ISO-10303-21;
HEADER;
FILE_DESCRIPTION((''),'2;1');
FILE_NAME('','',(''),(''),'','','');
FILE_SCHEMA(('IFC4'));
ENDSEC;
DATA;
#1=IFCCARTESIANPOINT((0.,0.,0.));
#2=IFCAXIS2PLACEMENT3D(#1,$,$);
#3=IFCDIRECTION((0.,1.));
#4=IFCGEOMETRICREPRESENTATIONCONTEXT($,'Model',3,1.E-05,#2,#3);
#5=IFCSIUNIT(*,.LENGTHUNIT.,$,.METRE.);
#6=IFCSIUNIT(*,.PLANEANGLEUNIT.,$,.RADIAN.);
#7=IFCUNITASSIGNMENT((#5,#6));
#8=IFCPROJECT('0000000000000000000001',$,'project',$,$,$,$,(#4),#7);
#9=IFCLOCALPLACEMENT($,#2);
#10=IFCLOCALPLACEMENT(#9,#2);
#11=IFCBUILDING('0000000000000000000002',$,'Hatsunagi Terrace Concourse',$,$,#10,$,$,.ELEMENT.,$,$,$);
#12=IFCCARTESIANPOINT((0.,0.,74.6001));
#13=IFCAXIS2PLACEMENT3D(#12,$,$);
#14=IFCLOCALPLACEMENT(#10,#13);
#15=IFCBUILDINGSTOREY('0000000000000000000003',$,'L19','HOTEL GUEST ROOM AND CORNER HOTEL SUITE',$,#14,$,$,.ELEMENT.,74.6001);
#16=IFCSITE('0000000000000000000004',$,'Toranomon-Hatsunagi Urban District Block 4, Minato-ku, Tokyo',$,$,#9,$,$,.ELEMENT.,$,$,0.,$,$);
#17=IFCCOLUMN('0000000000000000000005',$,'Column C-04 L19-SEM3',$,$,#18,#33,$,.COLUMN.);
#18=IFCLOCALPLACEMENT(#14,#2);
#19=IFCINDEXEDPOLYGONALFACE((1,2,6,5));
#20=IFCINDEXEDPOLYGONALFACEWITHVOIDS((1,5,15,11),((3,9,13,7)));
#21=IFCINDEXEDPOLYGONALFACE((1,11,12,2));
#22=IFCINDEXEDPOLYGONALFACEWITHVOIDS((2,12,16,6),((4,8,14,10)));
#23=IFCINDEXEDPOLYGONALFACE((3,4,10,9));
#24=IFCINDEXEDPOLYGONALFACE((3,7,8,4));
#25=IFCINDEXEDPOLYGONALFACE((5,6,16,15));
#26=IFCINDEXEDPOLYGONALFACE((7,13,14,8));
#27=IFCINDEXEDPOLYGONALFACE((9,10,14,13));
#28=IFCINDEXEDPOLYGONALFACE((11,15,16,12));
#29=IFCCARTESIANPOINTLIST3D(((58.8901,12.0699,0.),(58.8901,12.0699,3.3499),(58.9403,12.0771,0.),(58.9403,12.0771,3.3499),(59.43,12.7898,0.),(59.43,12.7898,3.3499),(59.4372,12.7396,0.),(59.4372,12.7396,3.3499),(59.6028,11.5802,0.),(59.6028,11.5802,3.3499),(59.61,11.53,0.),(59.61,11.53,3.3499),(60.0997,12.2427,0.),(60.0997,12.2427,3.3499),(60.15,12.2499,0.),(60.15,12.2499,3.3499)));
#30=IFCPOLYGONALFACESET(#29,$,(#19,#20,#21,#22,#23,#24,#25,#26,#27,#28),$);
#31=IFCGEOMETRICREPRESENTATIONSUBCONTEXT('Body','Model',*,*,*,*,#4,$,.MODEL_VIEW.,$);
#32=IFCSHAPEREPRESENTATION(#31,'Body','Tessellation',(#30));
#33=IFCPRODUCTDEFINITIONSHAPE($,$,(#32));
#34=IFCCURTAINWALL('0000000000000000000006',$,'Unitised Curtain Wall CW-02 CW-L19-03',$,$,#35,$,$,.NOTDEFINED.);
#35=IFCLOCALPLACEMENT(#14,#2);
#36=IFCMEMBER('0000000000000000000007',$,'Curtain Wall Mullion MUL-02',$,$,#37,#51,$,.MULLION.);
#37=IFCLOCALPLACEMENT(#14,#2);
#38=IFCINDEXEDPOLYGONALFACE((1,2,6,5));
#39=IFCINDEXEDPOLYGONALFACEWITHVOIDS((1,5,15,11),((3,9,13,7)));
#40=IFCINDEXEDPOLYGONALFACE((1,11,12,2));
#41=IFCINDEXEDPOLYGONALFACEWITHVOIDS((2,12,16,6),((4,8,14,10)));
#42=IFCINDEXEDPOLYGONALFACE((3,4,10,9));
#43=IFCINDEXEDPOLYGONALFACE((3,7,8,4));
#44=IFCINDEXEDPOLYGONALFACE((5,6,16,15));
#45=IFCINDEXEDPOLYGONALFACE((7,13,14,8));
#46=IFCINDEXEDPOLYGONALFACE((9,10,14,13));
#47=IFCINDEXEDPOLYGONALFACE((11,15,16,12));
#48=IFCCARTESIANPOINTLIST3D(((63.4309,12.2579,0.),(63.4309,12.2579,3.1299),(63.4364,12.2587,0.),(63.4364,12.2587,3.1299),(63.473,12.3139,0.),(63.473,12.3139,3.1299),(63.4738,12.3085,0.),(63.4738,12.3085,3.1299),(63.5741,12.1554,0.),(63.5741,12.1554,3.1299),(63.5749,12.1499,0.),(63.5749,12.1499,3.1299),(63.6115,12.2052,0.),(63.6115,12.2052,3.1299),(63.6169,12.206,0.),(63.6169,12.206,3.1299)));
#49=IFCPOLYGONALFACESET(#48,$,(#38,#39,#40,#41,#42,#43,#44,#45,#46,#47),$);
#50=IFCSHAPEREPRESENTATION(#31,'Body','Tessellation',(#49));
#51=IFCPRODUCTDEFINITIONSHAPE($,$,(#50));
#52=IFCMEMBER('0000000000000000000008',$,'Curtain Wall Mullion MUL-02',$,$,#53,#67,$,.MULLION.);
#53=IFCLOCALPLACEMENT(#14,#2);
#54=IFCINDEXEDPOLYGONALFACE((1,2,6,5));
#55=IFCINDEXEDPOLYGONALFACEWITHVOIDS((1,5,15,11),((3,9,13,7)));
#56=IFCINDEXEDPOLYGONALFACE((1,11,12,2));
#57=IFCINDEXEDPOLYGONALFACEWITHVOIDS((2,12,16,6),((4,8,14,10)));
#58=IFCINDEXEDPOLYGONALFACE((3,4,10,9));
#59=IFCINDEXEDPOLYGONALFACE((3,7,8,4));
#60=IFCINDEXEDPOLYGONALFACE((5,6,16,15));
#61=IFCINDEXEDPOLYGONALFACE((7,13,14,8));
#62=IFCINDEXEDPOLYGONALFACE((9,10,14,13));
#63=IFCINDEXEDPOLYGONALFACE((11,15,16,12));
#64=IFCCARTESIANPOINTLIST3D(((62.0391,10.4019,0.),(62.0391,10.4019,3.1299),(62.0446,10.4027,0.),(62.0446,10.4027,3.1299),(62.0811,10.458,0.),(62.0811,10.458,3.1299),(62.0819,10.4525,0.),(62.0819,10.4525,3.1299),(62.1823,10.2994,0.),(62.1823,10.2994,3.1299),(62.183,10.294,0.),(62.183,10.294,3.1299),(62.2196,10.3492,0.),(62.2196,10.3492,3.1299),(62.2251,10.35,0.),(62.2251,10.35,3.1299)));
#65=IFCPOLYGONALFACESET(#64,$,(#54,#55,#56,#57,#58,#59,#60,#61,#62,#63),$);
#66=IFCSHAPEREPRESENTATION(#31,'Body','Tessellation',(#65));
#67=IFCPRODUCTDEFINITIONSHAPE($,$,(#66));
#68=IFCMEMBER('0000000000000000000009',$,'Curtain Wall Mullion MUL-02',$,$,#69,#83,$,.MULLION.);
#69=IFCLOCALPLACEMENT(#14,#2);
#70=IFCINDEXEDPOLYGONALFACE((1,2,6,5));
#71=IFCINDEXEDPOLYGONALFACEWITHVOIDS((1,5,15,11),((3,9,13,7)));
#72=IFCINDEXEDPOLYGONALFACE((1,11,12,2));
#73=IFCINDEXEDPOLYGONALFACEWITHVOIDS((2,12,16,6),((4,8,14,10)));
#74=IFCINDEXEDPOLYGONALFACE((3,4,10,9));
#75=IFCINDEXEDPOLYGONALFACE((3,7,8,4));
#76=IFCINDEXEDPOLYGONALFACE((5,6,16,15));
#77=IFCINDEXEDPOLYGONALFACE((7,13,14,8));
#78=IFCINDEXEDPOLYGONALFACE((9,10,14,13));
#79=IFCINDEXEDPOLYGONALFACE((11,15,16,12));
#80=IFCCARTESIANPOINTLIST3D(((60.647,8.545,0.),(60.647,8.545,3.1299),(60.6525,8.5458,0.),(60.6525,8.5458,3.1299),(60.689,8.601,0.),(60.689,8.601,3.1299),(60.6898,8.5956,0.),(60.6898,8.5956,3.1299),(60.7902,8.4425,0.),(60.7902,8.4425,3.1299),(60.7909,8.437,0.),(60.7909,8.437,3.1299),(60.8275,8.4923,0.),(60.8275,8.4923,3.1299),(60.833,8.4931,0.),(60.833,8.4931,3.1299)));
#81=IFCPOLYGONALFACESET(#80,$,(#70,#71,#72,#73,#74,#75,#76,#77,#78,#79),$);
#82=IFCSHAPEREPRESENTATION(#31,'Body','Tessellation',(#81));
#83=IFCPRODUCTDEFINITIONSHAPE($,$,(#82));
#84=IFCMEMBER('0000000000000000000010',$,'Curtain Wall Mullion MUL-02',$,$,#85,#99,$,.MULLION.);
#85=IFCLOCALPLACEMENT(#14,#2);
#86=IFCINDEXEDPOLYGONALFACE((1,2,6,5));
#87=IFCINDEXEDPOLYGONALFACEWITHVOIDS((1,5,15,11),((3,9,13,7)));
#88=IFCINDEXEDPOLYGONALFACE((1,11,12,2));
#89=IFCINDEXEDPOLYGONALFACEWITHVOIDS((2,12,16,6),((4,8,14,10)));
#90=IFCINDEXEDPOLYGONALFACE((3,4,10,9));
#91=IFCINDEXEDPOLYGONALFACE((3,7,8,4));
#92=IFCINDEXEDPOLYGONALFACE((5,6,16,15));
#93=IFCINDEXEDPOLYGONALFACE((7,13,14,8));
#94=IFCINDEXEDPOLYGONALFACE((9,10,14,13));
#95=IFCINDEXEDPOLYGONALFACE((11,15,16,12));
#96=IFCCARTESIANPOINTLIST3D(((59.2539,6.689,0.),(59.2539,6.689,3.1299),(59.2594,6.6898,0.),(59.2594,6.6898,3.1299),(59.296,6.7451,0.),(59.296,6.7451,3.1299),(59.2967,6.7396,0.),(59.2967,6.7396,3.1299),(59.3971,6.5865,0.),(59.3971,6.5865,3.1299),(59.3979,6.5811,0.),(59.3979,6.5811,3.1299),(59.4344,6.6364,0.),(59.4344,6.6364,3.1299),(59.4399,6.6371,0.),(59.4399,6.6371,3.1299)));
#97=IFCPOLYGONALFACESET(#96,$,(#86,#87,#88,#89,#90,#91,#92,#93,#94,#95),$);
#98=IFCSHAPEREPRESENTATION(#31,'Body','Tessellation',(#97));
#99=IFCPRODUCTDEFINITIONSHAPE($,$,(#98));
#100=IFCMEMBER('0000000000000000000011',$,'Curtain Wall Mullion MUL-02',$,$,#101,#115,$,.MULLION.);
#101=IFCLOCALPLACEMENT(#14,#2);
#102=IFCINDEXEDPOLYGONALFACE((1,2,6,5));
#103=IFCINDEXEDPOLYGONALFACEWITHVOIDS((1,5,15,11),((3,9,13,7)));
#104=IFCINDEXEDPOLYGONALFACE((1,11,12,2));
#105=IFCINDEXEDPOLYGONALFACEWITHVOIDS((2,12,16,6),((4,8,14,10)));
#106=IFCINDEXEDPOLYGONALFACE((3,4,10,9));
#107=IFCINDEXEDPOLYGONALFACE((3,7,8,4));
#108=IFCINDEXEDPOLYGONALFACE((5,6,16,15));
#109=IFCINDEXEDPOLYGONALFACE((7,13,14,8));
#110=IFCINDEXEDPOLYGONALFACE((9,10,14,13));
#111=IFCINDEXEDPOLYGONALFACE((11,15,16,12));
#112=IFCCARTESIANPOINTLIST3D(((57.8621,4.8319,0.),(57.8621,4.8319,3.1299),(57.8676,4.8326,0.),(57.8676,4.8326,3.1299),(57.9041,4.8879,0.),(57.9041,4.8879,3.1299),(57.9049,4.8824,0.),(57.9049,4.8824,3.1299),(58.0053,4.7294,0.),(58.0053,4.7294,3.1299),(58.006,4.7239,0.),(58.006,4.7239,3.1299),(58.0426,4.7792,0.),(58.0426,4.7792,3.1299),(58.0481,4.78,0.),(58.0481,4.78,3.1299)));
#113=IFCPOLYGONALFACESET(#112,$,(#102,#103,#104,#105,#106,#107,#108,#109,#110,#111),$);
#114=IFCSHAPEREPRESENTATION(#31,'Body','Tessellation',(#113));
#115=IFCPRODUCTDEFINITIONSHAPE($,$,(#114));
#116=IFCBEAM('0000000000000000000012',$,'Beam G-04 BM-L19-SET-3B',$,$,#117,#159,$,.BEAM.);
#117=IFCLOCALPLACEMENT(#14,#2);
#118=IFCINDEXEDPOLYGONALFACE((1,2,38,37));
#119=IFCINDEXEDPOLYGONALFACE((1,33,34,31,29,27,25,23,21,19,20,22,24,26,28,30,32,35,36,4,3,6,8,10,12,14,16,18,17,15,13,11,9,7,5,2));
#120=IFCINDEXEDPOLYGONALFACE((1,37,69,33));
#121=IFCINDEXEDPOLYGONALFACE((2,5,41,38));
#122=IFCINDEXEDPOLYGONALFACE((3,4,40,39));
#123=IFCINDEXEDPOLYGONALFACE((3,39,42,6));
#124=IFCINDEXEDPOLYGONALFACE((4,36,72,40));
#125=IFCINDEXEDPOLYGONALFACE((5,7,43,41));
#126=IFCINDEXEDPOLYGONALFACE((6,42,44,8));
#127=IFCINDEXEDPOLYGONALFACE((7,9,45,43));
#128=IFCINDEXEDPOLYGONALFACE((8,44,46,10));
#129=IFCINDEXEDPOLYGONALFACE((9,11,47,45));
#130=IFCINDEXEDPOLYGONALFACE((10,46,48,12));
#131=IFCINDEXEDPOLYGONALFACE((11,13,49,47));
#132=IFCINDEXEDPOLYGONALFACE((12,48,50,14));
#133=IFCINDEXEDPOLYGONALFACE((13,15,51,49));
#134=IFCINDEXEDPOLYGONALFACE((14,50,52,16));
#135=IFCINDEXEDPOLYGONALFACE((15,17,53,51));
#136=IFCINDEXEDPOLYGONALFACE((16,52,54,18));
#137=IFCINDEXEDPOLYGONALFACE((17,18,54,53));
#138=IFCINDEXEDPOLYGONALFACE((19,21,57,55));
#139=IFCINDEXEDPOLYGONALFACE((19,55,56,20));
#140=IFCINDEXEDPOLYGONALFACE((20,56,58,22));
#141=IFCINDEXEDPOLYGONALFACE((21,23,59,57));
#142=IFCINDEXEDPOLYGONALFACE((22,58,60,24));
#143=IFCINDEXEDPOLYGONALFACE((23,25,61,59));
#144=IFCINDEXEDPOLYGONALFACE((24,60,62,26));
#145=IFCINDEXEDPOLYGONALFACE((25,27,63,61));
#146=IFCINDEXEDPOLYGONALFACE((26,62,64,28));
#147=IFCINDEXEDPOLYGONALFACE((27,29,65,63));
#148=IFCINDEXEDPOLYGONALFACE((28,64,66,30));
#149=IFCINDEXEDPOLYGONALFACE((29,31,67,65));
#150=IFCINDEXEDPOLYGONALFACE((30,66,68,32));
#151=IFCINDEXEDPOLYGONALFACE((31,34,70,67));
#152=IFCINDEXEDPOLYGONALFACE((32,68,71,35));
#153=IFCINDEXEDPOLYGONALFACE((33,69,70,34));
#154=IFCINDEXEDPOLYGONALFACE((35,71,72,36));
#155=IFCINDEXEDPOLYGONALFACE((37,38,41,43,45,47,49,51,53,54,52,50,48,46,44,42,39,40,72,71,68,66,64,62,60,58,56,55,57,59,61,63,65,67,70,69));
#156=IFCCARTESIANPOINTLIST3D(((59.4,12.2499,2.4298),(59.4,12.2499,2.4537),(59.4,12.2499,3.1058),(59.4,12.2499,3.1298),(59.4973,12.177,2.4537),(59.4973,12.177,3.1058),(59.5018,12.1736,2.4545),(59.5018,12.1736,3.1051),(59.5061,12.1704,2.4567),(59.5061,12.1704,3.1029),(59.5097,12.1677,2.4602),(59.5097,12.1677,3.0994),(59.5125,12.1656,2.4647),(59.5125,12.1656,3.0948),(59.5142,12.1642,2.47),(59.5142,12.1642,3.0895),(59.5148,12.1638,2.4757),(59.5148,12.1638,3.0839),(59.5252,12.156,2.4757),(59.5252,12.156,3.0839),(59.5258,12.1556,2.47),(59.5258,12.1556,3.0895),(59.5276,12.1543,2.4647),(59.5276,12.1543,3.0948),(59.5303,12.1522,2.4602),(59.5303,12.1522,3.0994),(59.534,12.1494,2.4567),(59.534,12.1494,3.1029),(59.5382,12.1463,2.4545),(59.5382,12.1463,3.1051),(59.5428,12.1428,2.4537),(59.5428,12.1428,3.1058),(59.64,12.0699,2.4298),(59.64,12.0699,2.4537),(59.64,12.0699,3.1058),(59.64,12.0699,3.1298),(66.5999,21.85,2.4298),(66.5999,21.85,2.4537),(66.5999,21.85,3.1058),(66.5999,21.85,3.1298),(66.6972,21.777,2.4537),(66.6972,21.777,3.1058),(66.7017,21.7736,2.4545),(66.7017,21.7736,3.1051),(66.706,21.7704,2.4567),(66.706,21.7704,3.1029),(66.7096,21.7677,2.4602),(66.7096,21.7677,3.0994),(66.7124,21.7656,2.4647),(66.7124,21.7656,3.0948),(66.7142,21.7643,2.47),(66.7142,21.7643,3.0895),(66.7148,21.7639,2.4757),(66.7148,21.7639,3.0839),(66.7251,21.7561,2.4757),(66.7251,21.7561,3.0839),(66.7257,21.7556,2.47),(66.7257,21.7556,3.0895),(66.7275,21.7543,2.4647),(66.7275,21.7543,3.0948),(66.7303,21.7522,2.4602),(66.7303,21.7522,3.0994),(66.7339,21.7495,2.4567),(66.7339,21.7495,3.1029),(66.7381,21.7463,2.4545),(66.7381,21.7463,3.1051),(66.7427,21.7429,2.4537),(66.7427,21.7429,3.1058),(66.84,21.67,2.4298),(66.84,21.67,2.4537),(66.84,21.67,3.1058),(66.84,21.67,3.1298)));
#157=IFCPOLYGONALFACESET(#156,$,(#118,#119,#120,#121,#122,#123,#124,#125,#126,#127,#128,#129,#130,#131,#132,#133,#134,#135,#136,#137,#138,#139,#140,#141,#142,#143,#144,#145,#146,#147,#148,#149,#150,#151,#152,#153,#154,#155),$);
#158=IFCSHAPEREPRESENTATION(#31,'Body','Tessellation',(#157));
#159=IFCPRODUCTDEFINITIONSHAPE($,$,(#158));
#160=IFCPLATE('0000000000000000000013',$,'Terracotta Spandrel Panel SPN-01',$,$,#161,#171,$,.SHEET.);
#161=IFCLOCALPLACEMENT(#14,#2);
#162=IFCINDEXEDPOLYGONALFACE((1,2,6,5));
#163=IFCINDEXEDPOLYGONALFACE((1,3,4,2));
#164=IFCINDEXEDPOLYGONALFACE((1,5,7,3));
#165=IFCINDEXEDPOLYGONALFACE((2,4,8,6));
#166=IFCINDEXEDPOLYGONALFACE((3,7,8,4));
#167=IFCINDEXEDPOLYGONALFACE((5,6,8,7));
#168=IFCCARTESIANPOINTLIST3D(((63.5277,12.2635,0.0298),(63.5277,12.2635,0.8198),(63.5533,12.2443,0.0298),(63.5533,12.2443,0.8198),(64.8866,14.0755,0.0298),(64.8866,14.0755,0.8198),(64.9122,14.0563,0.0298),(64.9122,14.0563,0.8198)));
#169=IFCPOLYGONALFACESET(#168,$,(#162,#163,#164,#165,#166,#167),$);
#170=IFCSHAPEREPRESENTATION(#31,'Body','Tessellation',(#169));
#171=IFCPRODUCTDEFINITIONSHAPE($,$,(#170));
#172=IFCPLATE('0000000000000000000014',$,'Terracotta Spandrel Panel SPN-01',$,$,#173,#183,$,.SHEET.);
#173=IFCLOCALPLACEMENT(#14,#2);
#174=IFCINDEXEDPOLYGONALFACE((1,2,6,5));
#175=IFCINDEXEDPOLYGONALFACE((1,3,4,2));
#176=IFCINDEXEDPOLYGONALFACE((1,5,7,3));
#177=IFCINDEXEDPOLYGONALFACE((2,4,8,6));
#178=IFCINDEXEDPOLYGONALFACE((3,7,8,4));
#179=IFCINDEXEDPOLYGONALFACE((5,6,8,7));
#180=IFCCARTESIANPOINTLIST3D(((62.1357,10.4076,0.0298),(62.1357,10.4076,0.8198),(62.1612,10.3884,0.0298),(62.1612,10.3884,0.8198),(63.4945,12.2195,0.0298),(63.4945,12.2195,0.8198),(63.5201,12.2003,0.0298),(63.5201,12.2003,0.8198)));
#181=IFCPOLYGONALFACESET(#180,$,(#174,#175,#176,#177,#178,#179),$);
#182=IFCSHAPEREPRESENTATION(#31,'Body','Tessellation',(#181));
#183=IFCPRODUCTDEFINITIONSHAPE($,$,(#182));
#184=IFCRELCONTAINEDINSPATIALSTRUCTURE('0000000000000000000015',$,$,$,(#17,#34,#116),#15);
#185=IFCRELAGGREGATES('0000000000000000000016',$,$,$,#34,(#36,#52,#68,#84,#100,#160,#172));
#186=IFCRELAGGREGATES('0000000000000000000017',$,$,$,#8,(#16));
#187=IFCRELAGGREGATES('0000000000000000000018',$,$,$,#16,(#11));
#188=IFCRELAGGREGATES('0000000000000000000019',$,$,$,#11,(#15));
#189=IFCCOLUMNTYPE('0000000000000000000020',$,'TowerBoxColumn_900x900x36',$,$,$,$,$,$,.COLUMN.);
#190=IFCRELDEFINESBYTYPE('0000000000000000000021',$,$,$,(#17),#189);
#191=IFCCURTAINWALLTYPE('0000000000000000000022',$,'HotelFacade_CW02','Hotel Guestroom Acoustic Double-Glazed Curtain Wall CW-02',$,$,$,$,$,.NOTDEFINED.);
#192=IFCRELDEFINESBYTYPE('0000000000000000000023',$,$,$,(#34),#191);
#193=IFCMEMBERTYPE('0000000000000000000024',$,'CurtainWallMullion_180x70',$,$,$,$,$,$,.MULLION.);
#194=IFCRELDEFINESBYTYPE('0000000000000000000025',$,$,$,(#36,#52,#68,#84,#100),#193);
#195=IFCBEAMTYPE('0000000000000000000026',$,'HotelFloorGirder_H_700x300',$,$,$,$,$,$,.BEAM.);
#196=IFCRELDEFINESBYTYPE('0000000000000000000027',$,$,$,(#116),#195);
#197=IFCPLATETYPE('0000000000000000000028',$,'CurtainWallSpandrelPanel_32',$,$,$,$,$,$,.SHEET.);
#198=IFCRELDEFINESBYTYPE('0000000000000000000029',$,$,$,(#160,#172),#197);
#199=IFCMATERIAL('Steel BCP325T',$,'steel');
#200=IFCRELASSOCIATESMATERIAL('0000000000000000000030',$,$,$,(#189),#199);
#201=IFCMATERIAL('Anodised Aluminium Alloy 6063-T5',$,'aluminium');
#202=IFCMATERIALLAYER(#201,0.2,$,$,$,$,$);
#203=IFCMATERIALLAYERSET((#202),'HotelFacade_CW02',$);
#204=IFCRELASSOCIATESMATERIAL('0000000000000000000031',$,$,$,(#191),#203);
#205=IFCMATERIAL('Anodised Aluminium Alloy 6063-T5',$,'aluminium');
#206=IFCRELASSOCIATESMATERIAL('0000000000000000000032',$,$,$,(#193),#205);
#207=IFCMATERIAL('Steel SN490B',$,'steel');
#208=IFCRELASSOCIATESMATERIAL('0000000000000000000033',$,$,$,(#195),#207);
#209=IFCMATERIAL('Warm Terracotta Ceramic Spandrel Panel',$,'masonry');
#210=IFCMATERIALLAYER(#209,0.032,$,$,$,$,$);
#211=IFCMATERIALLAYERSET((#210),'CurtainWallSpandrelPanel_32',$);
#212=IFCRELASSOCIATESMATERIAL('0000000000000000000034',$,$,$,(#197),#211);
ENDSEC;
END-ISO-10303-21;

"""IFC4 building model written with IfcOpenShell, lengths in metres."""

from ifc_helpers import new_model, si_unit, direction, frame, origin, origin_2d, place, context, subcontext, project, spatial, rectangle, hollow_rectangle, i_section, extrude, material, layer, layer_set, material_profile, profile_set, type_object, element, aggregate, save


model = new_model("IFC4")

# Units and contexts
model_context = context("Model", 3, precision=1e-05, world=origin(), true_north=direction((0.0, 1.0)))
body_context = subcontext(model_context, "Body", "Model", "MODEL_VIEW")
ifc_project = project(units=[si_unit("LENGTHUNIT", "METRE"), si_unit("PLANEANGLEUNIT", "RADIAN")], contexts=[model_context])

# Site, building, storey
site_placement = place(None, origin())
site = spatial("IfcSite", under=ifc_project, at=site_placement, Name="Toranomon-Hatsunagi Urban District Block 4, Minato-ku, Tokyo", CompositionType="ELEMENT", RefElevation=0.0)
building_placement = place(site_placement, origin())
building = spatial("IfcBuilding", under=site, at=building_placement, Name="Hatsunagi Terrace Concourse", CompositionType="ELEMENT")
storey_placement = place(building_placement, frame((0.0, 0.0, 74.6001)))
storey = spatial("IfcBuildingStorey", under=building, at=storey_placement, Name="L19", Description="HOTEL GUEST ROOM AND CORNER HOTEL SUITE", CompositionType="ELEMENT", Elevation=74.6001)

# Column
ifc_material_1 = material(Name="Steel BCP325T", Category="steel")
ifc_material_profile_1 = material_profile(ifc_material_1, hollow_rectangle(XDim=0.8999, YDim=0.8999, WallThickness=0.0359, at=origin_2d()), Name="BCP-900x900x36")
ifc_profile_set_1 = profile_set([ifc_material_profile_1], Name="Steel BCP325T")
column_type = type_object("IfcColumnType", Name="TowerBoxColumn_900x900x36", PredefinedType="COLUMN", material=ifc_profile_set_1)
column_placement = place(storey_placement, frame((59.52, 12.1599, 0.0), z_axis=(0.0, 0.0, 1.0), x_axis=(0.8, -0.6, 0.0)))
element("IfcColumn", 1, at=column_placement, inside=storey, type_object=column_type, Name="Column C-04 L19-SEM3", PredefinedType="COLUMN", context=body_context, shape_type="SweptSolid", body=[
    extrude(hollow_rectangle(XDim=0.8999, YDim=0.8999, WallThickness=0.0359, at=origin_2d()), origin(), (0.0, 0.0, 1.0), 3.3499),
])

# Curtain wall, members
ifc_material_2 = material(Name="Anodised Aluminium Alloy 6063-T5", Category="aluminium")
ifc_layer_1 = layer(ifc_material_2, 0.2)
ifc_layer_set_1 = layer_set([ifc_layer_1], Name="HotelFacade_CW02")
curtain_wall_type = type_object("IfcCurtainWallType", Name="HotelFacade_CW02", Description="Hotel Guestroom Acoustic Double-Glazed Curtain Wall CW-02", PredefinedType="NOTDEFINED", material=ifc_layer_set_1)
curtain_wall_placement = place(storey_placement, origin())
curtain_wall = element("IfcCurtainWall", 2, at=curtain_wall_placement, inside=storey, type_object=curtain_wall_type, Name="Unitised Curtain Wall CW-02 CW-L19-03", PredefinedType="NOTDEFINED")
ifc_material_3 = material(Name="Anodised Aluminium Alloy 6063-T5", Category="aluminium")
ifc_material_profile_2 = material_profile(ifc_material_3, hollow_rectangle(XDim=0.0701, YDim=0.1799, WallThickness=0.0039, at=origin_2d()), Name="ALU-MUL-180x70x4")
ifc_profile_set_2 = profile_set([ifc_material_profile_2], Name="Anodised Aluminium Alloy 6063-T5")
member_type = type_object("IfcMemberType", Name="CurtainWallMullion_180x70", PredefinedType="MULLION", material=ifc_profile_set_2)
member_1_placement = place(storey_placement, frame((63.5239, 12.2319, 0.0), z_axis=(0.0, 0.0, 1.0), x_axis=(-0.599969, -0.800023, 0.0)))
member_1 = element("IfcMember", 3, at=member_1_placement, type_object=member_type, Name="Curtain Wall Mullion MUL-02", PredefinedType="MULLION", context=body_context, shape_type="SweptSolid", body=[
    extrude(hollow_rectangle(XDim=0.0701, YDim=0.1799, WallThickness=0.0039, at=origin_2d()), origin(), (0.0, 0.0, 1.0), 3.1299),
])
member_2_placement = place(storey_placement, frame((62.1321, 10.376, 0.0), z_axis=(0.0, 0.0, 1.0), x_axis=(-0.599969, -0.800023, 0.0)))
member_2 = element("IfcMember", 4, at=member_2_placement, type_object=member_type, Name="Curtain Wall Mullion MUL-02", PredefinedType="MULLION", context=body_context, shape_type="SweptSolid", body=[
    extrude(hollow_rectangle(XDim=0.0701, YDim=0.1799, WallThickness=0.0039, at=origin_2d()), origin(), (0.0, 0.0, 1.0), 3.1299),
])
member_3_placement = place(storey_placement, frame((60.74, 8.519, 0.0), z_axis=(0.0, 0.0, 1.0), x_axis=(-0.599969, -0.800023, 0.0)))
member_3 = element("IfcMember", 5, at=member_3_placement, type_object=member_type, Name="Curtain Wall Mullion MUL-02", PredefinedType="MULLION", context=body_context, shape_type="SweptSolid", body=[
    extrude(hollow_rectangle(XDim=0.0701, YDim=0.1799, WallThickness=0.0039, at=origin_2d()), origin(), (0.0, 0.0, 1.0), 3.1299),
])
member_4_placement = place(storey_placement, frame((59.3469, 6.6631, 0.0), z_axis=(0.0, 0.0, 1.0), x_axis=(-0.599969, -0.800023, 0.0)))
member_4 = element("IfcMember", 6, at=member_4_placement, type_object=member_type, Name="Curtain Wall Mullion MUL-02", PredefinedType="MULLION", context=body_context, shape_type="SweptSolid", body=[
    extrude(hollow_rectangle(XDim=0.0701, YDim=0.1799, WallThickness=0.0039, at=origin_2d()), origin(), (0.0, 0.0, 1.0), 3.1299),
])
member_5_placement = place(storey_placement, frame((57.9551, 4.8059, 0.0), z_axis=(0.0, 0.0, 1.0), x_axis=(-0.599969, -0.800023, 0.0)))
member_5 = element("IfcMember", 7, at=member_5_placement, type_object=member_type, Name="Curtain Wall Mullion MUL-02", PredefinedType="MULLION", context=body_context, shape_type="SweptSolid", body=[
    extrude(hollow_rectangle(XDim=0.0701, YDim=0.1799, WallThickness=0.0039, at=origin_2d()), origin(), (0.0, 0.0, 1.0), 3.1299),
])

# Beam
ifc_material_4 = material(Name="Steel SN490B", Category="steel")
ifc_material_profile_3 = material_profile(ifc_material_4, i_section(OverallWidth=0.3, OverallDepth=0.7, WebThickness=0.0129, FlangeThickness=0.0239, FilletRadius=0.022, at=origin_2d()), Name="H-700x300x13x24")
ifc_profile_set_3 = profile_set([ifc_material_profile_3], Name="Steel SN490B")
beam_type = type_object("IfcBeamType", Name="HotelFloorGirder_H_700x300", PredefinedType="BEAM", material=ifc_profile_set_3)
beam_placement = place(storey_placement, frame((59.52, 12.1599, 2.7798), z_axis=(0.599993, 0.800005, 0.0), x_axis=(-0.800005, 0.599993, 0.0)))
element("IfcBeam", 8, at=beam_placement, inside=storey, type_object=beam_type, Name="Beam G-04 BM-L19-SET-3B", PredefinedType="BEAM", context=body_context, shape_type="SweptSolid", body=[
    extrude(i_section(OverallWidth=0.3, OverallDepth=0.7, WebThickness=0.0129, FlangeThickness=0.0239, FilletRadius=0.022, at=origin_2d()), origin(), (0.0, 0.0, 1.0), 12.0),
])

# Plates
ifc_material_5 = material(Name="Warm Terracotta Ceramic Spandrel Panel", Category="masonry")
ifc_layer_2 = layer(ifc_material_5, 0.032)
ifc_layer_set_2 = layer_set([ifc_layer_2], Name="CurtainWallSpandrelPanel_32")
plate_type_1 = type_object("IfcPlateType", Name="CurtainWallSpandrelPanel_32", PredefinedType="SHEET", material=ifc_layer_set_2)
plate_1_placement = place(storey_placement, frame((64.22, 13.1599, 0.0298), z_axis=(0.0, 0.0, 1.0), x_axis=(-0.599969, -0.800023, 0.0)))
plate_1 = element("IfcPlate", 9, at=plate_1_placement, type_object=plate_type_1, Name="Terracotta Spandrel Panel SPN-01", PredefinedType="SHEET", context=body_context, shape_type="SweptSolid", body=[
    extrude(rectangle(XDim=2.2649, YDim=0.032, at=origin_2d()), origin(), (0.0, 0.0, 1.0), 0.79),
])
plate_2_placement = place(storey_placement, frame((62.8279, 11.304, 0.0298), z_axis=(0.0, 0.0, 1.0), x_axis=(-0.599969, -0.800023, 0.0)))
plate_2 = element("IfcPlate", 10, at=plate_2_placement, type_object=plate_type_1, Name="Terracotta Spandrel Panel SPN-01", PredefinedType="SHEET", context=body_context, shape_type="SweptSolid", body=[
    extrude(rectangle(XDim=2.2649, YDim=0.032, at=origin_2d()), origin(), (0.0, 0.0, 1.0), 0.79),
])
aggregate(curtain_wall, [member_1, member_2, member_3, member_4, member_5, plate_1, plate_2])

save(model, "model.ifc")
